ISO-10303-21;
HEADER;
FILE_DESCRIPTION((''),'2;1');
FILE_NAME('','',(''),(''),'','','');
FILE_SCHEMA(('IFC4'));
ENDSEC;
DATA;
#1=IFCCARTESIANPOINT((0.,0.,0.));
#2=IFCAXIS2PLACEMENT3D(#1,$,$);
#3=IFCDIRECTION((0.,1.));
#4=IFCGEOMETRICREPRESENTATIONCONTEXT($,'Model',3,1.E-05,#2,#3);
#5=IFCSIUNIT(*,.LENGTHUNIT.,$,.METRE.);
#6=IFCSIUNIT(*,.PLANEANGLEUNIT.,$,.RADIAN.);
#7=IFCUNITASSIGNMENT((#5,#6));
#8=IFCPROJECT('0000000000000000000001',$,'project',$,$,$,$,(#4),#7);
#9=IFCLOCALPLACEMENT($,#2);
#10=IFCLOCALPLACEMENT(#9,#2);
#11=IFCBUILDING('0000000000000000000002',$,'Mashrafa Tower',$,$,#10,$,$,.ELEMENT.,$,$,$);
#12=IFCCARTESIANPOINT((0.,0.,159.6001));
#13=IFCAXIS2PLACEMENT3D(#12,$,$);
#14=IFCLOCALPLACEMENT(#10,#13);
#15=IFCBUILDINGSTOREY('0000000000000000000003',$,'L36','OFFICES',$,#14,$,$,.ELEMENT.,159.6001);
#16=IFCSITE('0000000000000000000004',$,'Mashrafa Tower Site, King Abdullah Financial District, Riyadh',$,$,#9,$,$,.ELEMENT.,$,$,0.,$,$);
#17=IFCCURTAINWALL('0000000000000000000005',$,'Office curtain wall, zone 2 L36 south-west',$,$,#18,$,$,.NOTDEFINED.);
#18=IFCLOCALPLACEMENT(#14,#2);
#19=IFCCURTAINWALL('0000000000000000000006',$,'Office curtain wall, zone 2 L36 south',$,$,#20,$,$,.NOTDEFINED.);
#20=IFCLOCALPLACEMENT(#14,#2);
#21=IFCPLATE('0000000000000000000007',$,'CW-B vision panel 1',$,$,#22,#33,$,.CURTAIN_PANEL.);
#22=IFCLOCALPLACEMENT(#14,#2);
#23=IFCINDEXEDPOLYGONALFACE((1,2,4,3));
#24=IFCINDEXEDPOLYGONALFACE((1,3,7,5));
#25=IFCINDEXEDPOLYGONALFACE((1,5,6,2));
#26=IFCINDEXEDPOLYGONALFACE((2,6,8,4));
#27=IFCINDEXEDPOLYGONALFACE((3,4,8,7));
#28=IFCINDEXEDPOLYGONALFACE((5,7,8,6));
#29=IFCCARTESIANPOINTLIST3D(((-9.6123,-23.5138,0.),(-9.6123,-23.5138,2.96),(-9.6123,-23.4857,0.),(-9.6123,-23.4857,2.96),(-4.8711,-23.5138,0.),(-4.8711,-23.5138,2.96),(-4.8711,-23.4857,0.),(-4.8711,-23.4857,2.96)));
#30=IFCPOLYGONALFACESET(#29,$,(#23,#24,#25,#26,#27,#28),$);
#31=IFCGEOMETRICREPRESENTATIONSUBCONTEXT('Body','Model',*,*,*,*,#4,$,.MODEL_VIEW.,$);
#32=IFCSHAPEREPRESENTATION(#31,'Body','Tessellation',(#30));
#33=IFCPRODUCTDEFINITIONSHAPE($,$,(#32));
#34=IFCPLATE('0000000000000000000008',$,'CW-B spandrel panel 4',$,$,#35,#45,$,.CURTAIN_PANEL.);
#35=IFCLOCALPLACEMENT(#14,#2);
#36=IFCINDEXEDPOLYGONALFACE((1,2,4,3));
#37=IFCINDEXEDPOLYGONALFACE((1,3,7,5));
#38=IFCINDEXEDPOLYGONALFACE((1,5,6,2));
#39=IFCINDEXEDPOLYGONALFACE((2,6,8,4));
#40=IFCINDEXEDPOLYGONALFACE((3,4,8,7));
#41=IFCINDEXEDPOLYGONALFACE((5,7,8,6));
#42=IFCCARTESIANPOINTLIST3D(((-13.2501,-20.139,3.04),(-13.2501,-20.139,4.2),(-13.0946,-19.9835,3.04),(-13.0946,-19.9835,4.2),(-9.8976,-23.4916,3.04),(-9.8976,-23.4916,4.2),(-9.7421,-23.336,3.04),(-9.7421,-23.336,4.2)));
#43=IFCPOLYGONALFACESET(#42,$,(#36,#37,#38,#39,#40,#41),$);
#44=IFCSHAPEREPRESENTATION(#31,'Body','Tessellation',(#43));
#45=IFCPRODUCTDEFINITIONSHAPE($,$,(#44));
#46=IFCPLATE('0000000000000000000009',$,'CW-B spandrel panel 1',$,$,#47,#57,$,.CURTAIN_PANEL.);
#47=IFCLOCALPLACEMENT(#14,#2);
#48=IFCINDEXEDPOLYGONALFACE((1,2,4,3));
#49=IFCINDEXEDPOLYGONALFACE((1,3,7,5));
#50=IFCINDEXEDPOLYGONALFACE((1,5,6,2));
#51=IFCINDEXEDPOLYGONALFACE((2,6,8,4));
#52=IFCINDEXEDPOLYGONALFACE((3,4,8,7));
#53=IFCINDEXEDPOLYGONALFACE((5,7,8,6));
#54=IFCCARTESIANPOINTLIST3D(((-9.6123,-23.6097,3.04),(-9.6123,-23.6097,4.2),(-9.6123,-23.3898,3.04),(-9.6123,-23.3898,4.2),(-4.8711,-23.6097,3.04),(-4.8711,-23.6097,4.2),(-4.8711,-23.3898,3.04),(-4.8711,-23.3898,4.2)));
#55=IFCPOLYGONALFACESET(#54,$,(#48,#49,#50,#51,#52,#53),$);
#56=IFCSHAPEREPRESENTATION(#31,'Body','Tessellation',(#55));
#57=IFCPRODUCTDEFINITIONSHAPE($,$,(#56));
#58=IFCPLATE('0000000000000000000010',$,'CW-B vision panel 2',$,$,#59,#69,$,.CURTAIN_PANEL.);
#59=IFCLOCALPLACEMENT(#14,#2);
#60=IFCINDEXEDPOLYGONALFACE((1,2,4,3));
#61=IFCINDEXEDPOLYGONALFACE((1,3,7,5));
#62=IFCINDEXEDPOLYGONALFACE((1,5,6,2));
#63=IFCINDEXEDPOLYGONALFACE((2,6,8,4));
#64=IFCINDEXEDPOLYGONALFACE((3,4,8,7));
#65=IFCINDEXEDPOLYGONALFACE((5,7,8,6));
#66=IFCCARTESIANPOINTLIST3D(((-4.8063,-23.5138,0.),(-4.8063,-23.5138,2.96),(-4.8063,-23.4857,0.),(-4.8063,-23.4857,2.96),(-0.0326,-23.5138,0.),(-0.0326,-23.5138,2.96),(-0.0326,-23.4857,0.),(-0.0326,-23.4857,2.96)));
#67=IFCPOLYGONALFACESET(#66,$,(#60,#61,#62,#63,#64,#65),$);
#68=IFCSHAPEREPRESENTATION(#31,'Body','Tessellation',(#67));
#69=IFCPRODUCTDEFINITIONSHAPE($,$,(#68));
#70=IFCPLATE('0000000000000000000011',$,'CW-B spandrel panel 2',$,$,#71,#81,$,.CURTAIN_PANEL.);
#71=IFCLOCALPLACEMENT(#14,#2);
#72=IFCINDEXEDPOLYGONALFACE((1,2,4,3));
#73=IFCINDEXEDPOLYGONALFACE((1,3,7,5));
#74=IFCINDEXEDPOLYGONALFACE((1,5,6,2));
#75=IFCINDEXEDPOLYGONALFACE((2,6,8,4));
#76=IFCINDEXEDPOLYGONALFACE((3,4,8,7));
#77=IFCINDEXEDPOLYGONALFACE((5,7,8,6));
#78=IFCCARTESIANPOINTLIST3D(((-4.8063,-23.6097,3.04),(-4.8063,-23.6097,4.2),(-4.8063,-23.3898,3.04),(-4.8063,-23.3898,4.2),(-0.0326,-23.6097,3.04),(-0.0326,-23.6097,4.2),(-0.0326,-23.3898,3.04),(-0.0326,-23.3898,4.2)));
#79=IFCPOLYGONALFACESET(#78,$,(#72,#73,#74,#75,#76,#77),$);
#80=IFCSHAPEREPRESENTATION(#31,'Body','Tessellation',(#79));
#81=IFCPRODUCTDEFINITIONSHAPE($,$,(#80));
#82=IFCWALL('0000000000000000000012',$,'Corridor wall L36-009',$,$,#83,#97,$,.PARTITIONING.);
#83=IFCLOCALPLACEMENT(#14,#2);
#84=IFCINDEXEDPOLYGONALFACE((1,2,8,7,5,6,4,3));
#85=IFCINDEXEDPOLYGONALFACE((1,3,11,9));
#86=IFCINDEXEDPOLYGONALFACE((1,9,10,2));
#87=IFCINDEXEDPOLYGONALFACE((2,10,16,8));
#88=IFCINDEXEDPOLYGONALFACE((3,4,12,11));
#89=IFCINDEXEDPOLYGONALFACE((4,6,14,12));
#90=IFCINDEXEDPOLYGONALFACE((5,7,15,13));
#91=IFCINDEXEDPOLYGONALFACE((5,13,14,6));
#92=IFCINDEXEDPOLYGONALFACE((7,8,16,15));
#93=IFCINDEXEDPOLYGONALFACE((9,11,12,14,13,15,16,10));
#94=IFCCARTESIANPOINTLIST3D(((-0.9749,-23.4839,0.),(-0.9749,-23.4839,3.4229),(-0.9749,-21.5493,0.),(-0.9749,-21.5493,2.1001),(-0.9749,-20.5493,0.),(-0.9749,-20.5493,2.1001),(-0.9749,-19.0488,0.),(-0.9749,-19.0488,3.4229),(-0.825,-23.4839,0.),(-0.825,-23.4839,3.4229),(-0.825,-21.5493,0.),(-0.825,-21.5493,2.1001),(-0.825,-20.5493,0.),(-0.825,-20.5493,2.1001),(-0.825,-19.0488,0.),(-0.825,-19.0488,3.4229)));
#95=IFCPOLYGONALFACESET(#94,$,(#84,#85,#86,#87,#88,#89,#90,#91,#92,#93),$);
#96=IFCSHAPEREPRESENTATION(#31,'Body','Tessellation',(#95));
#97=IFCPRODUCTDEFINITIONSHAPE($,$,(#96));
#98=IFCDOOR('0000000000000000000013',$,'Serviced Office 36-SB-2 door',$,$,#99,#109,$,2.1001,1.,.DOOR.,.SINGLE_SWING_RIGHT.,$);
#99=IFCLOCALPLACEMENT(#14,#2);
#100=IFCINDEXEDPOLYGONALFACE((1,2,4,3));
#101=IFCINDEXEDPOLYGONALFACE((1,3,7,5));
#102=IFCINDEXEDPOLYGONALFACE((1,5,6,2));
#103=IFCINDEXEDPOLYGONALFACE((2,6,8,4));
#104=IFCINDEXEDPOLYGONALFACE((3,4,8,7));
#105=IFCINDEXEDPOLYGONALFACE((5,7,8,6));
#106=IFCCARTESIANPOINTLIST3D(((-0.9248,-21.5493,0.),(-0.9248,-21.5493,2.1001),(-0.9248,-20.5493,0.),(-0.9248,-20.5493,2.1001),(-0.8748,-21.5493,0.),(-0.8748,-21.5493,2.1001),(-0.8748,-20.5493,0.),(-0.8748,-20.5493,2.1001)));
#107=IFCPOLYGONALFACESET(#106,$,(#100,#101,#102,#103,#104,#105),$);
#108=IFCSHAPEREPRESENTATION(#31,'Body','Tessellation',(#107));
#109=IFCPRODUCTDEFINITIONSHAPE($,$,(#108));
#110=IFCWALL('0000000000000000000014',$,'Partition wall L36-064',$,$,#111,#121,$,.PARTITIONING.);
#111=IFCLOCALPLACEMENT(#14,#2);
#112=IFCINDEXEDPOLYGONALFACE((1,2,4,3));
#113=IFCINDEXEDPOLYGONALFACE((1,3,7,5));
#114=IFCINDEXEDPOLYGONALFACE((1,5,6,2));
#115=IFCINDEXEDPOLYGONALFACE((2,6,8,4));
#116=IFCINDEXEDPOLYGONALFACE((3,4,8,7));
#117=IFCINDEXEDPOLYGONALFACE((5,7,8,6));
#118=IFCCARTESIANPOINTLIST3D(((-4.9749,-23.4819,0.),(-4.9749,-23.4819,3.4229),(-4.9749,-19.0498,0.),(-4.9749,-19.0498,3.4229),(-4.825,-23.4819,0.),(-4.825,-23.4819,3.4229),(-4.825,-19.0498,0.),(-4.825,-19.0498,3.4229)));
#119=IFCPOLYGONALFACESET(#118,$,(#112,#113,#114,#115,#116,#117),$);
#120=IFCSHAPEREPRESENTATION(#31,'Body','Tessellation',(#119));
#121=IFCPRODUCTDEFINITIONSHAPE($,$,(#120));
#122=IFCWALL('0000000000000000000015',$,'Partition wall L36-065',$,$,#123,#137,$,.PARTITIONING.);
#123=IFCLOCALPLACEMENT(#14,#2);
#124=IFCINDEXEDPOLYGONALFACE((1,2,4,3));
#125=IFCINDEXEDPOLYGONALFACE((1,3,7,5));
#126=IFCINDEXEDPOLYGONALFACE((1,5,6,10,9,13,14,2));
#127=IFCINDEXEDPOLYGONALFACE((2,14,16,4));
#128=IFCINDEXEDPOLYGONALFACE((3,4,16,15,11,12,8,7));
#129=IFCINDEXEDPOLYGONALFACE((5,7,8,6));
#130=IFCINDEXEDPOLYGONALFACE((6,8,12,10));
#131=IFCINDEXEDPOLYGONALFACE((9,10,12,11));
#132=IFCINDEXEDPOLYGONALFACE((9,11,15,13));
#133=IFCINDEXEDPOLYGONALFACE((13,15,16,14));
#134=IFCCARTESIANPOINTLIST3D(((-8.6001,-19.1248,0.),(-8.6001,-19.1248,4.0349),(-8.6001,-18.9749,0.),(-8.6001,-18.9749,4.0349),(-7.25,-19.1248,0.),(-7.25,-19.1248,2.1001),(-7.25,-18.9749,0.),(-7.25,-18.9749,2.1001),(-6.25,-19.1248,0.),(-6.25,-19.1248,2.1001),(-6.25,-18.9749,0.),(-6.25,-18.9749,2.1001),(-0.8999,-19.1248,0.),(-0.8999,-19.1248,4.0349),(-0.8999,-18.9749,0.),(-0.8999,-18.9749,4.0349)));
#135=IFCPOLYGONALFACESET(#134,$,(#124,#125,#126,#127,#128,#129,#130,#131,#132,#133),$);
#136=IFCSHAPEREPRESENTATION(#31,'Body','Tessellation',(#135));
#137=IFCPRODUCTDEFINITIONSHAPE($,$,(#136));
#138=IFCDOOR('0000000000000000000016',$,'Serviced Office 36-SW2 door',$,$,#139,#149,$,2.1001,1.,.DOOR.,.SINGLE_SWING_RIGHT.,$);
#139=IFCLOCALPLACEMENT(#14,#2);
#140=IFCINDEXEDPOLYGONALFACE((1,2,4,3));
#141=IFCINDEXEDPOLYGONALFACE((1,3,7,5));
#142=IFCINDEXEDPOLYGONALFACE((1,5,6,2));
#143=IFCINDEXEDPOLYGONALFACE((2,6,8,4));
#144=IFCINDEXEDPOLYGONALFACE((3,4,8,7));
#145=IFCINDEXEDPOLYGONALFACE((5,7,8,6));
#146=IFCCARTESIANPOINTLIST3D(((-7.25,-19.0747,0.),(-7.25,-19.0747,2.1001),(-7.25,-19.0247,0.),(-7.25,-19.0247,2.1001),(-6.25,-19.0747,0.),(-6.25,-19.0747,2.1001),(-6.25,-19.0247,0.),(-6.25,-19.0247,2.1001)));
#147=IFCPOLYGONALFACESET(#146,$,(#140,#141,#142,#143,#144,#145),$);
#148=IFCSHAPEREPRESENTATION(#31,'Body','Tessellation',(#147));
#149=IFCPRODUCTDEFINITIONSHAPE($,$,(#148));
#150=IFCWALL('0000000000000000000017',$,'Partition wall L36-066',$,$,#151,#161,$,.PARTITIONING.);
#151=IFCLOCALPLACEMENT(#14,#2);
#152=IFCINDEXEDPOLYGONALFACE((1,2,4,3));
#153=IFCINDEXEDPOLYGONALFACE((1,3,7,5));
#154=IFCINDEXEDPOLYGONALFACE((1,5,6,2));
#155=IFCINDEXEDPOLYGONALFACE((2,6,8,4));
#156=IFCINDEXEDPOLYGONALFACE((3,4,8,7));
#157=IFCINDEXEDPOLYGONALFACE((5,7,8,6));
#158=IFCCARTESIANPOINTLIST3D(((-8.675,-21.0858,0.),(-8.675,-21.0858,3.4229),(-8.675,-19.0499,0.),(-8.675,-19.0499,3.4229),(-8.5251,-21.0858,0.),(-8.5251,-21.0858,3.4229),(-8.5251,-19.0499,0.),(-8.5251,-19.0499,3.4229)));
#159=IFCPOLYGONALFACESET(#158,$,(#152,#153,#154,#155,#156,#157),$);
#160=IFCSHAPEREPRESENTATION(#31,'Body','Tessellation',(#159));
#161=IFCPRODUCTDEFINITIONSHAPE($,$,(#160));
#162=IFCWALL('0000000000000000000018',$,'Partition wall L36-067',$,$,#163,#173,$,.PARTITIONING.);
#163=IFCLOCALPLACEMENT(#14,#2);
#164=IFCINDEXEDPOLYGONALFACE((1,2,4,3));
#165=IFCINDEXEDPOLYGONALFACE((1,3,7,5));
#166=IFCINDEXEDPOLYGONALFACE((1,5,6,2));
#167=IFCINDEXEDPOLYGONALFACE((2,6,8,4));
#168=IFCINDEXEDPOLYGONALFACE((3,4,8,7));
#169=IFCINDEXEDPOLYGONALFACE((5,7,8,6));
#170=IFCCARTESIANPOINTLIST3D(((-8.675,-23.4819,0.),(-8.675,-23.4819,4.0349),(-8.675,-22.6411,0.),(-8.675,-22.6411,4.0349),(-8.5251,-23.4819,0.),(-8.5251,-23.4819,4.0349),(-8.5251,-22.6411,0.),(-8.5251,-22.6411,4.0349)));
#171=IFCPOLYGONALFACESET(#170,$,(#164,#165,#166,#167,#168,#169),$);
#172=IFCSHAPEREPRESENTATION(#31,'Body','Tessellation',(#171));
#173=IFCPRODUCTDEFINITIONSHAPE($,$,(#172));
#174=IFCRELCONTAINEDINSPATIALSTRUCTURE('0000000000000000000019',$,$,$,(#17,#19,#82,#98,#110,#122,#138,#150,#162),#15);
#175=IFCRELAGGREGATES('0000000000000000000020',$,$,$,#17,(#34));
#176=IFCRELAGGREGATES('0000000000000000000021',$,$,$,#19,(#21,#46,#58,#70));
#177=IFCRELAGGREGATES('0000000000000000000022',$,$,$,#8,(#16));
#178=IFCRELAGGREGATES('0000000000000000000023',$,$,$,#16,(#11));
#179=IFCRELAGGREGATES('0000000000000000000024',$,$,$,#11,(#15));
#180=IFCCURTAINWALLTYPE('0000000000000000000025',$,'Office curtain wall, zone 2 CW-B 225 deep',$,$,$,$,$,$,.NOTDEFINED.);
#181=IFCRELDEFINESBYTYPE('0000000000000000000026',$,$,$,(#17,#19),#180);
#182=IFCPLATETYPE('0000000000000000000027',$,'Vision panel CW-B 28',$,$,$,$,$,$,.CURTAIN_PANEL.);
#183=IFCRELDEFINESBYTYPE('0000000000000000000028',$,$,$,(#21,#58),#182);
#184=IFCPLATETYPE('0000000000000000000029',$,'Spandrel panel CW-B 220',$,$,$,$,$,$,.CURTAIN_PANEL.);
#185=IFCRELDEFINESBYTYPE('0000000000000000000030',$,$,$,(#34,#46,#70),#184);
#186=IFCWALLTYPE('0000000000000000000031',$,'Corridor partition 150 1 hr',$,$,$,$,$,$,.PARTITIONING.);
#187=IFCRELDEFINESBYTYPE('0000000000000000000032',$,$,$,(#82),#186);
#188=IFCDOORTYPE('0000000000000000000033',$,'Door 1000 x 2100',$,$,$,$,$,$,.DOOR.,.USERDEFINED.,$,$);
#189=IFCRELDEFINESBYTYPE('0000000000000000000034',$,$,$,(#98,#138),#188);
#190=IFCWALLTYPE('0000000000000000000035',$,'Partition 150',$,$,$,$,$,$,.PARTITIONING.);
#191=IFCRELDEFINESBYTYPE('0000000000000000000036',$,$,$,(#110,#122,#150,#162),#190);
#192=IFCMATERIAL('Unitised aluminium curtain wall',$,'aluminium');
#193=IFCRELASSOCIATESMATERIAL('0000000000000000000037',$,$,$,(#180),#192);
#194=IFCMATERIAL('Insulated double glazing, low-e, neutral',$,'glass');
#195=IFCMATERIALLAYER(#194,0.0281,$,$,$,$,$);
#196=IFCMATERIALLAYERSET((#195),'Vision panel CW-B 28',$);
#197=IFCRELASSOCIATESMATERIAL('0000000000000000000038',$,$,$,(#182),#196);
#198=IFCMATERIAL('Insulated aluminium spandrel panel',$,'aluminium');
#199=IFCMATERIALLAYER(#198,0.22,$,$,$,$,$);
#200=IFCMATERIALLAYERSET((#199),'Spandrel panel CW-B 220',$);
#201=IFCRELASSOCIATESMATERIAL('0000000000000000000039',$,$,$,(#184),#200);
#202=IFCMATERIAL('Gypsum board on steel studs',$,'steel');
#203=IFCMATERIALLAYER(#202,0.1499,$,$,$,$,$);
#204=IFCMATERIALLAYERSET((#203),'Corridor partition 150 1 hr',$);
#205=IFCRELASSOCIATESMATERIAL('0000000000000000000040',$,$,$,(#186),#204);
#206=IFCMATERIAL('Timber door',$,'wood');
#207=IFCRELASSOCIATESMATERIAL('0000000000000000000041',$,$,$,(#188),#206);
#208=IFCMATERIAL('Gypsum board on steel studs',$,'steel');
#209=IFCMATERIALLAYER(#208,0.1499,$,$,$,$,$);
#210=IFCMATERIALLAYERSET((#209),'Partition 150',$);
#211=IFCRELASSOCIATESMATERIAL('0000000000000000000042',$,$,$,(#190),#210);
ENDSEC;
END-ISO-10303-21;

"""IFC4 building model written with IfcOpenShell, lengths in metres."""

from ifc_helpers import new_model, si_unit, direction, frame, frame_2d, origin, origin_2d, place, context, subcontext, project, spatial, rectangle, extrude, source, transform, mapped, material, layer, layer_set, type_object, type_shapes, element, fill, aggregate, save


model = new_model("IFC4")

# Units and contexts
model_context = context("Model", 3, precision=1e-05, world=origin(), true_north=direction((0.0, 1.0)))
body_context = subcontext(model_context, "Body", "Model", "MODEL_VIEW")
ifc_project = project(units=[si_unit("LENGTHUNIT", "METRE"), si_unit("PLANEANGLEUNIT", "RADIAN")], contexts=[model_context])

# Site, building, storey
site_placement = place(None, origin())
site = spatial("IfcSite", under=ifc_project, at=site_placement, Name="Mashrafa Tower Site, King Abdullah Financial District, Riyadh", CompositionType="ELEMENT", RefElevation=0.0)
building_placement = place(site_placement, origin())
building = spatial("IfcBuilding", under=site, at=building_placement, Name="Mashrafa Tower", CompositionType="ELEMENT")
storey_placement = place(building_placement, frame((0.0, 0.0, 159.6001)))
storey = spatial("IfcBuildingStorey", under=building, at=storey_placement, Name="L36", Description="OFFICES", CompositionType="ELEMENT", Elevation=159.6001)

# Curtain wall
ifc_material_1 = material(Name="Unitised aluminium curtain wall", Category="aluminium")
curtain_wall_type = type_object("IfcCurtainWallType", Name="Office curtain wall, zone 2 CW-B 225 deep", PredefinedType="NOTDEFINED", material=ifc_material_1)
curtain_wall_1_placement = place(storey_placement, origin())
curtain_wall_1 = element("IfcCurtainWall", 1, at=curtain_wall_1_placement, inside=storey, type_object=curtain_wall_type, Name="Office curtain wall, zone 2 L36 south-west", PredefinedType="NOTDEFINED")

# Curtain wall
curtain_wall_2_placement = place(storey_placement, origin())
curtain_wall_2 = element("IfcCurtainWall", 2, at=curtain_wall_2_placement, inside=storey, type_object=curtain_wall_type, Name="Office curtain wall, zone 2 L36 south", PredefinedType="NOTDEFINED")

# Plates
ifc_material_2 = material(Name="Insulated double glazing, low-e, neutral", Category="glass")
ifc_layer_1 = layer(ifc_material_2, 0.0281)
ifc_layer_set_1 = layer_set([ifc_layer_1], Name="Vision panel CW-B 28")
plate_type_1 = type_object("IfcPlateType", Name="Vision panel CW-B 28", PredefinedType="CURTAIN_PANEL", material=ifc_layer_set_1)
shared_shape_1 = source(origin(), body_context, "Body", "SweptSolid", [
    extrude(rectangle(XDim=4.7412, YDim=0.0281, at=origin_2d()), origin(), (0.0, 0.0, 1.0), 2.96),
])
plate_1_placement = place(storey_placement, frame((-7.2417, -23.4998, 0.0), z_axis=(0.0, 0.0, 1.0), x_axis=(1.0, 0.0, 0.0)))
plate_1 = element("IfcPlate", 3, at=plate_1_placement, type_object=plate_type_1, Name="CW-B vision panel 1", PredefinedType="CURTAIN_PANEL", context=body_context, shape_type="MappedRepresentation", body=[
    mapped(shared_shape_1, transform((0.0, 0.0, 0.0))),
])
ifc_material_3 = material(Name="Insulated aluminium spandrel panel", Category="aluminium")
ifc_layer_2 = layer(ifc_material_3, 0.22)
ifc_layer_set_2 = layer_set([ifc_layer_2], Name="Spandrel panel CW-B 220")
plate_type_2 = type_object("IfcPlateType", Name="Spandrel panel CW-B 220", PredefinedType="CURTAIN_PANEL", material=ifc_layer_set_2)
shared_shape_2 = source(origin(), body_context, "Body", "SweptSolid", [
    extrude(rectangle(XDim=4.7412, YDim=0.22, at=origin_2d()), origin(), (0.0, 0.0, 1.0), 1.1599),
])
plate_2_placement = place(storey_placement, frame((-11.4961, -21.7375, 3.04), z_axis=(0.0, 0.0, 1.0), x_axis=(0.707107, -0.707107, 0.0)))
plate_2 = element("IfcPlate", 4, at=plate_2_placement, type_object=plate_type_2, Name="CW-B spandrel panel 4", PredefinedType="CURTAIN_PANEL", context=body_context, shape_type="MappedRepresentation", body=[
    mapped(shared_shape_2, transform((0.0, 0.0, 0.0))),
])
aggregate(curtain_wall_1, [plate_2])
plate_3_placement = place(storey_placement, frame((-7.2417, -23.4998, 3.04), z_axis=(0.0, 0.0, 1.0), x_axis=(1.0, 0.0, 0.0)))
plate_3 = element("IfcPlate", 5, at=plate_3_placement, type_object=plate_type_2, Name="CW-B spandrel panel 1", PredefinedType="CURTAIN_PANEL", context=body_context, shape_type="MappedRepresentation", body=[
    mapped(shared_shape_2, transform((0.0, 0.0, 0.0))),
])
shared_shape_3 = source(origin(), body_context, "Body", "SweptSolid", [
    extrude(rectangle(XDim=4.7737, YDim=0.0281, at=origin_2d()), origin(), (0.0, 0.0, 1.0), 2.96),
])
type_shapes(plate_type_1, [shared_shape_1, shared_shape_3])
plate_4_placement = place(storey_placement, frame((-2.4194, -23.4998, 0.0), z_axis=(0.0, 0.0, 1.0), x_axis=(1.0, 0.0, 0.0)))
plate_4 = element("IfcPlate", 6, at=plate_4_placement, type_object=plate_type_1, Name="CW-B vision panel 2", PredefinedType="CURTAIN_PANEL", context=body_context, shape_type="MappedRepresentation", body=[
    mapped(shared_shape_3, transform((0.0, 0.0, 0.0))),
])
shared_shape_4 = source(origin(), body_context, "Body", "SweptSolid", [
    extrude(rectangle(XDim=4.7737, YDim=0.22, at=origin_2d()), origin(), (0.0, 0.0, 1.0), 1.1599),
])
type_shapes(plate_type_2, [shared_shape_2, shared_shape_4])
plate_5_placement = place(storey_placement, frame((-2.4194, -23.4998, 3.04), z_axis=(0.0, 0.0, 1.0), x_axis=(1.0, 0.0, 0.0)))
plate_5 = element("IfcPlate", 7, at=plate_5_placement, type_object=plate_type_2, Name="CW-B spandrel panel 2", PredefinedType="CURTAIN_PANEL", context=body_context, shape_type="MappedRepresentation", body=[
    mapped(shared_shape_4, transform((0.0, 0.0, 0.0))),
])
aggregate(curtain_wall_2, [plate_1, plate_3, plate_4, plate_5])

# Wall, opening, door
ifc_material_4 = material(Name="Gypsum board on steel studs", Category="steel")
ifc_layer_3 = layer(ifc_material_4, 0.1499)
ifc_layer_set_3 = layer_set([ifc_layer_3], Name="Corridor partition 150 1 hr")
wall_type_1 = type_object("IfcWallType", Name="Corridor partition 150 1 hr", PredefinedType="PARTITIONING", material=ifc_layer_set_3)
wall_1_placement = place(storey_placement, frame((-0.8999, -19.0488, 0.0), z_axis=(0.0, 0.0, 1.0), x_axis=(0.0, -1.0, 0.0)))
wall_1 = element("IfcWall", 8, at=wall_1_placement, inside=storey, type_object=wall_type_1, Name="Corridor wall L36-009", PredefinedType="PARTITIONING", context=body_context, shape_type="SweptSolid", body=[
    extrude(rectangle(XDim=4.4351, YDim=0.1499, at=frame_2d((2.2175, 0.0))), origin(), (0.0, 0.0, 1.0), 3.4229),
])
opening_1_placement = place(wall_1_placement, frame((1.5005, 0.0, 0.0)))
opening_1 = element("IfcOpeningElement", 9, at=opening_1_placement, cuts=wall_1, PredefinedType="OPENING", context=body_context, shape_type="SweptSolid", body=[
    extrude(rectangle(XDim=1.0, YDim=2.1001, at=frame_2d((0.5, 1.05))), frame((0.0, 0.085, 0.0), z_axis=(0.0, -1.0, 0.0), x_axis=(1.0, 0.0, 0.0)), (0.0, 0.0, 1.0), 0.1699),
])
ifc_material_5 = material(Name="Timber door", Category="wood")
door_type = type_object("IfcDoorType", Name="Door 1000 x 2100", OperationType="USERDEFINED", PredefinedType="DOOR", material=ifc_material_5)
door_1_placement = place(opening_1_placement, frame((1.0, 0.0, 0.0), z_axis=(0.0, 0.0, 1.0), x_axis=(-1.0, 0.0, 0.0)))
door_1 = element("IfcDoor", 10, at=door_1_placement, inside=storey, type_object=door_type, Name="Serviced Office 36-SB-2 door", OperationType="SINGLE_SWING_RIGHT", OverallHeight=2.1001, OverallWidth=1.0, PredefinedType="DOOR", context=body_context, shape_type="SweptSolid", body=[
    extrude(rectangle(XDim=1.0, YDim=2.1001, at=frame_2d((0.5, 1.05))), frame((0.0, 0.0249, 0.0), z_axis=(0.0, -1.0, 0.0), x_axis=(1.0, 0.0, 0.0)), (0.0, 0.0, 1.0), 0.05),
])
fill(opening_1, door_1)

# Wall
ifc_material_6 = material(Name="Gypsum board on steel studs", Category="steel")
ifc_layer_4 = layer(ifc_material_6, 0.1499)
ifc_layer_set_4 = layer_set([ifc_layer_4], Name="Partition 150")
wall_type_2 = type_object("IfcWallType", Name="Partition 150", PredefinedType="PARTITIONING", material=ifc_layer_set_4)
wall_2_placement = place(storey_placement, frame((-4.8999, -23.4819, 0.0), z_axis=(0.0, 0.0, 1.0), x_axis=(0.0, 1.0, 0.0)))
element("IfcWall", 11, at=wall_2_placement, inside=storey, type_object=wall_type_2, Name="Partition wall L36-064", PredefinedType="PARTITIONING", context=body_context, shape_type="SweptSolid", body=[
    extrude(rectangle(XDim=4.4321, YDim=0.1499, at=frame_2d((2.2161, 0.0))), origin(), (0.0, 0.0, 1.0), 3.4229),
])

# Wall, opening, door
wall_3_placement = place(storey_placement, frame((-8.6001, -19.0498, 0.0), z_axis=(0.0, 0.0, 1.0), x_axis=(1.0, 0.0, 0.0)))
wall_3 = element("IfcWall", 12, at=wall_3_placement, inside=storey, type_object=wall_type_2, Name="Partition wall L36-065", PredefinedType="PARTITIONING", context=body_context, shape_type="SweptSolid", body=[
    extrude(rectangle(XDim=7.7002, YDim=0.1499, at=frame_2d((3.8501, 0.0))), origin(), (0.0, 0.0, 1.0), 4.0349),
])
opening_2_placement = place(wall_3_placement, frame((1.3501, 0.0, 0.0)))
opening_2 = element("IfcOpeningElement", 13, at=opening_2_placement, cuts=wall_3, PredefinedType="OPENING", context=body_context, shape_type="SweptSolid", body=[
    extrude(rectangle(XDim=1.0, YDim=2.1001, at=frame_2d((0.5, 1.05))), frame((0.0, 0.085, 0.0), z_axis=(0.0, -1.0, 0.0), x_axis=(1.0, 0.0, 0.0)), (0.0, 0.0, 1.0), 0.1699),
])
door_2_placement = place(opening_2_placement, frame((1.0, 0.0, 0.0), z_axis=(0.0, 0.0, 1.0), x_axis=(-1.0, 0.0, 0.0)))
door_2 = element("IfcDoor", 14, at=door_2_placement, inside=storey, type_object=door_type, Name="Serviced Office 36-SW2 door", OperationType="SINGLE_SWING_RIGHT", OverallHeight=2.1001, OverallWidth=1.0, PredefinedType="DOOR", context=body_context, shape_type="SweptSolid", body=[
    extrude(rectangle(XDim=1.0, YDim=2.1001, at=frame_2d((0.5, 1.05))), frame((0.0, 0.0249, 0.0), z_axis=(0.0, -1.0, 0.0), x_axis=(1.0, 0.0, 0.0)), (0.0, 0.0, 1.0), 0.05),
])
fill(opening_2, door_2)

# Walls
wall_4_placement = place(storey_placement, frame((-8.6001, -19.0498, 0.0), z_axis=(0.0, 0.0, 1.0), x_axis=(0.0, -1.0, 0.0)))
element("IfcWall", 15, at=wall_4_placement, inside=storey, type_object=wall_type_2, Name="Partition wall L36-066", PredefinedType="PARTITIONING", context=body_context, shape_type="SweptSolid", body=[
    extrude(rectangle(XDim=2.0359, YDim=0.1499, at=frame_2d((1.0181, 0.0))), origin(), (0.0, 0.0, 1.0), 3.4229),
])
wall_5_placement = place(storey_placement, frame((-8.6001, -22.6411, 0.0), z_axis=(0.0, 0.0, 1.0), x_axis=(0.0, -1.0, 0.0)))
element("IfcWall", 16, at=wall_5_placement, inside=storey, type_object=wall_type_2, Name="Partition wall L36-067", PredefinedType="PARTITIONING", context=body_context, shape_type="SweptSolid", body=[
    extrude(rectangle(XDim=0.8408, YDim=0.1499, at=frame_2d((0.4204, 0.0))), origin(), (0.0, 0.0, 1.0), 4.0349),
])

save(model, "model.ifc")
